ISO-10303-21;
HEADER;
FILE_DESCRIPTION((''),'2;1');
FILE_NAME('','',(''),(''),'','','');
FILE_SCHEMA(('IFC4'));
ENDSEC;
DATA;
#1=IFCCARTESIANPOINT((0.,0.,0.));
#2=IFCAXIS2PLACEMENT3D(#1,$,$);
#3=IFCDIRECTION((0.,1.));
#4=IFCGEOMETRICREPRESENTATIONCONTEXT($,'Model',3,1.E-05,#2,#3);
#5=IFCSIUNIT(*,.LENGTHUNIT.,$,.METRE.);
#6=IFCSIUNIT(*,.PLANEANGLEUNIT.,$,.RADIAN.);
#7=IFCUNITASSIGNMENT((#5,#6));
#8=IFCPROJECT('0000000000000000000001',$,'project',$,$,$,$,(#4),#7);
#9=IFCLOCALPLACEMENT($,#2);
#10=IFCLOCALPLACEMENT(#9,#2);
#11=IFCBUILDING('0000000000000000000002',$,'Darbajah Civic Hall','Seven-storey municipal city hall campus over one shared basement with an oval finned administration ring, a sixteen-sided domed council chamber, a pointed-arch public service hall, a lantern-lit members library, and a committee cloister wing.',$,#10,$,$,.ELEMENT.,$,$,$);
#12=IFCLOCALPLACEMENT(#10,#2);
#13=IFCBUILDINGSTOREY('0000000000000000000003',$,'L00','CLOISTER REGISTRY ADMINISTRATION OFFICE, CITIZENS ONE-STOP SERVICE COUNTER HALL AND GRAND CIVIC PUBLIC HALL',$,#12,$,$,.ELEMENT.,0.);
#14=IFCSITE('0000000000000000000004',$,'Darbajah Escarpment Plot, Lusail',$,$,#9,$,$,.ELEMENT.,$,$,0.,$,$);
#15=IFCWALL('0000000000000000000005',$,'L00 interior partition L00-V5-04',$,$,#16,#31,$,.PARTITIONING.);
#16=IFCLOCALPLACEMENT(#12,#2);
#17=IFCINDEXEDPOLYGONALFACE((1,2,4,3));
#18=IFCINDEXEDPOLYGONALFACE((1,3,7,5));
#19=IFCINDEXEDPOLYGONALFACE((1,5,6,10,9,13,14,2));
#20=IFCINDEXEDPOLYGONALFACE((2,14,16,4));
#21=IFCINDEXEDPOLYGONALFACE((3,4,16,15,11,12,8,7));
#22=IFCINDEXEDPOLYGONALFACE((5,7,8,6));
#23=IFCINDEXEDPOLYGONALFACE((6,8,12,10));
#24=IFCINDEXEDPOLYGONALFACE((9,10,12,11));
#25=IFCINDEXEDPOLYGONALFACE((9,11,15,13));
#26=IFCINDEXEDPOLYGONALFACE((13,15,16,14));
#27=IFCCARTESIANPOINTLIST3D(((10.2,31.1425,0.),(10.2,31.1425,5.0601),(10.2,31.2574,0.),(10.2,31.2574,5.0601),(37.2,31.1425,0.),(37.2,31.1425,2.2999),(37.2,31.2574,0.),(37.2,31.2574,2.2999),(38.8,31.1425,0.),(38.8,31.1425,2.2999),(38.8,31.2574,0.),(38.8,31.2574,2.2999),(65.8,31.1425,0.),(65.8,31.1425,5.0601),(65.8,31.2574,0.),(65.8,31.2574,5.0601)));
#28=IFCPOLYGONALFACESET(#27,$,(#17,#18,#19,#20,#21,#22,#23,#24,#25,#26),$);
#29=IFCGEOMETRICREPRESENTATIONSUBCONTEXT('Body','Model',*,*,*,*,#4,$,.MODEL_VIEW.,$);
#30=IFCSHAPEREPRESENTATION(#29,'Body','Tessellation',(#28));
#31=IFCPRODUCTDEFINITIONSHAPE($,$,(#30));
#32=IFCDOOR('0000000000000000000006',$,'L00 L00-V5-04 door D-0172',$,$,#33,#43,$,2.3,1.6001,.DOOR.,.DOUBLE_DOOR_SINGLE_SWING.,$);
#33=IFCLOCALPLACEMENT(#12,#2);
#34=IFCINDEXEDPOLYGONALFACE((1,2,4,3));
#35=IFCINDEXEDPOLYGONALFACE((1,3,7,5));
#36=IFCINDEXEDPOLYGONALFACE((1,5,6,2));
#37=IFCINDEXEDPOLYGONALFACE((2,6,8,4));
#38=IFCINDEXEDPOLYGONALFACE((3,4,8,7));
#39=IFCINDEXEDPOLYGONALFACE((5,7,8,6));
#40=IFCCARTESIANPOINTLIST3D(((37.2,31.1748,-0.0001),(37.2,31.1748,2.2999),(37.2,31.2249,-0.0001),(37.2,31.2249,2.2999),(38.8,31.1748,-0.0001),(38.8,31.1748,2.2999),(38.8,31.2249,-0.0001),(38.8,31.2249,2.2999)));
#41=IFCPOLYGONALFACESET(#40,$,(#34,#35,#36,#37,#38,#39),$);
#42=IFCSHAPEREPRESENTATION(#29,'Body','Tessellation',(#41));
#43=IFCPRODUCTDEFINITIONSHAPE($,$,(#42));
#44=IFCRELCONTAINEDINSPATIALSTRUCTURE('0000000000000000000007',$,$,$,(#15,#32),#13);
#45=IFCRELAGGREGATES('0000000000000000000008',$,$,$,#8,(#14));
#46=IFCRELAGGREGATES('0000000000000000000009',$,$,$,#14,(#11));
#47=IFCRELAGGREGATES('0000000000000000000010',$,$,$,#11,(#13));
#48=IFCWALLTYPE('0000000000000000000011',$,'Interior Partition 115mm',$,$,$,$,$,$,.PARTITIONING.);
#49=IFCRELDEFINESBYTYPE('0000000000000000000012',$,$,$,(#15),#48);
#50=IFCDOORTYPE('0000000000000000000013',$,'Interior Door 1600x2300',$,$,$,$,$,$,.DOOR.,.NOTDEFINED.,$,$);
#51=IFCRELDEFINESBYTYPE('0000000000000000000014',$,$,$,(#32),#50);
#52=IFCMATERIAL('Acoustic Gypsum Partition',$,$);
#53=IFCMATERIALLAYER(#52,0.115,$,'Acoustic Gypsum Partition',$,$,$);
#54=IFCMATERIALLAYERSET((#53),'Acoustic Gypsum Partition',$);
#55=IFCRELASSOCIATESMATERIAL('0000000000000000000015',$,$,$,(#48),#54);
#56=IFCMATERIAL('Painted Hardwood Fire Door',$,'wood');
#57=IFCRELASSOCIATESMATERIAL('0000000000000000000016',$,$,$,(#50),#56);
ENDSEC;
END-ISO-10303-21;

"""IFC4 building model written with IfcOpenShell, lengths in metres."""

from ifc_helpers import new_model, si_unit, direction, frame, frame_2d, origin, place, context, subcontext, project, spatial, rectangle, extrude, material, layer, layer_set, type_object, element, fill, save


model = new_model("IFC4")

# Units and contexts
model_context = context("Model", 3, precision=1e-05, world=origin(), true_north=direction((0.0, 1.0)))
body_context = subcontext(model_context, "Body", "Model", "MODEL_VIEW")
ifc_project = project(units=[si_unit("LENGTHUNIT", "METRE"), si_unit("PLANEANGLEUNIT", "RADIAN")], contexts=[model_context])

# Site, building, storey
site_placement = place(None, origin())
site = spatial("IfcSite", under=ifc_project, at=site_placement, Name="Darbajah Escarpment Plot, Lusail", CompositionType="ELEMENT", RefElevation=0.0)
building_placement = place(site_placement, origin())
building = spatial("IfcBuilding", under=site, at=building_placement, Name="Darbajah Civic Hall", Description="Seven-storey municipal city hall campus over one shared basement with an oval finned administration ring, a sixteen-sided domed council chamber, a pointed-arch public service hall, a lantern-lit members library, and a committee cloister wing.", CompositionType="ELEMENT")
storey_placement = place(building_placement, origin())
storey = spatial("IfcBuildingStorey", under=building, at=storey_placement, Name="L00", Description="CLOISTER REGISTRY ADMINISTRATION OFFICE, CITIZENS ONE-STOP SERVICE COUNTER HALL AND GRAND CIVIC PUBLIC HALL", CompositionType="ELEMENT", Elevation=0.0)

# Wall, opening, door
ifc_material_1 = material(Name="Acoustic Gypsum Partition")
ifc_layer_1 = layer(ifc_material_1, 0.115, Name="Acoustic Gypsum Partition")
ifc_layer_set_1 = layer_set([ifc_layer_1], Name="Acoustic Gypsum Partition")
wall_type_1 = type_object("IfcWallType", Name="Interior Partition 115mm", PredefinedType="PARTITIONING", material=ifc_layer_set_1)
wall_1_placement = place(storey_placement, frame((10.2, 31.2, 0.0), z_axis=(0.0, 0.0, 1.0), x_axis=(1.0, 0.0, 0.0)))
wall_1 = element("IfcWall", 1, at=wall_1_placement, inside=storey, type_object=wall_type_1, Name="L00 interior partition L00-V5-04", PredefinedType="PARTITIONING", context=body_context, shape_type="SweptSolid", body=[
    extrude(rectangle(XDim=55.6001, YDim=0.115, at=frame_2d((27.8, 0.0))), origin(), (0.0, 0.0, 1.0), 5.0601),
])
opening_1_placement = place(wall_1_placement, frame((27.0, 0.0, 0.0)))
opening_1 = element("IfcOpeningElement", 2, at=opening_1_placement, cuts=wall_1, PredefinedType="OPENING", context=body_context, shape_type="SweptSolid", body=[
    extrude(rectangle(XDim=1.6001, YDim=2.3, at=frame_2d((0.8, 1.1499))), frame((0.0, 0.0674, 0.0), z_axis=(0.0, -1.0, 0.0), x_axis=(1.0, 0.0, 0.0)), (0.0, 0.0, 1.0), 0.135),
])
ifc_material_2 = material(Name="Painted Hardwood Fire Door", Category="wood")
door_type = type_object("IfcDoorType", Name="Interior Door 1600x2300", OperationType="NOTDEFINED", PredefinedType="DOOR", material=ifc_material_2)
door_placement = place(opening_1_placement, origin())
door = element("IfcDoor", 3, at=door_placement, inside=storey, type_object=door_type, Name="L00 L00-V5-04 door D-0172", OperationType="DOUBLE_DOOR_SINGLE_SWING", OverallHeight=2.3, OverallWidth=1.6001, PredefinedType="DOOR", context=body_context, shape_type="SweptSolid", body=[
    extrude(rectangle(XDim=1.6001, YDim=2.3, at=frame_2d((0.8, 1.1499))), frame((0.0, 0.0249, 0.0), z_axis=(0.0, -1.0, 0.0), x_axis=(1.0, 0.0, 0.0)), (0.0, 0.0, 1.0), 0.05),
])
fill(opening_1, door)

save(model, "model.ifc")
